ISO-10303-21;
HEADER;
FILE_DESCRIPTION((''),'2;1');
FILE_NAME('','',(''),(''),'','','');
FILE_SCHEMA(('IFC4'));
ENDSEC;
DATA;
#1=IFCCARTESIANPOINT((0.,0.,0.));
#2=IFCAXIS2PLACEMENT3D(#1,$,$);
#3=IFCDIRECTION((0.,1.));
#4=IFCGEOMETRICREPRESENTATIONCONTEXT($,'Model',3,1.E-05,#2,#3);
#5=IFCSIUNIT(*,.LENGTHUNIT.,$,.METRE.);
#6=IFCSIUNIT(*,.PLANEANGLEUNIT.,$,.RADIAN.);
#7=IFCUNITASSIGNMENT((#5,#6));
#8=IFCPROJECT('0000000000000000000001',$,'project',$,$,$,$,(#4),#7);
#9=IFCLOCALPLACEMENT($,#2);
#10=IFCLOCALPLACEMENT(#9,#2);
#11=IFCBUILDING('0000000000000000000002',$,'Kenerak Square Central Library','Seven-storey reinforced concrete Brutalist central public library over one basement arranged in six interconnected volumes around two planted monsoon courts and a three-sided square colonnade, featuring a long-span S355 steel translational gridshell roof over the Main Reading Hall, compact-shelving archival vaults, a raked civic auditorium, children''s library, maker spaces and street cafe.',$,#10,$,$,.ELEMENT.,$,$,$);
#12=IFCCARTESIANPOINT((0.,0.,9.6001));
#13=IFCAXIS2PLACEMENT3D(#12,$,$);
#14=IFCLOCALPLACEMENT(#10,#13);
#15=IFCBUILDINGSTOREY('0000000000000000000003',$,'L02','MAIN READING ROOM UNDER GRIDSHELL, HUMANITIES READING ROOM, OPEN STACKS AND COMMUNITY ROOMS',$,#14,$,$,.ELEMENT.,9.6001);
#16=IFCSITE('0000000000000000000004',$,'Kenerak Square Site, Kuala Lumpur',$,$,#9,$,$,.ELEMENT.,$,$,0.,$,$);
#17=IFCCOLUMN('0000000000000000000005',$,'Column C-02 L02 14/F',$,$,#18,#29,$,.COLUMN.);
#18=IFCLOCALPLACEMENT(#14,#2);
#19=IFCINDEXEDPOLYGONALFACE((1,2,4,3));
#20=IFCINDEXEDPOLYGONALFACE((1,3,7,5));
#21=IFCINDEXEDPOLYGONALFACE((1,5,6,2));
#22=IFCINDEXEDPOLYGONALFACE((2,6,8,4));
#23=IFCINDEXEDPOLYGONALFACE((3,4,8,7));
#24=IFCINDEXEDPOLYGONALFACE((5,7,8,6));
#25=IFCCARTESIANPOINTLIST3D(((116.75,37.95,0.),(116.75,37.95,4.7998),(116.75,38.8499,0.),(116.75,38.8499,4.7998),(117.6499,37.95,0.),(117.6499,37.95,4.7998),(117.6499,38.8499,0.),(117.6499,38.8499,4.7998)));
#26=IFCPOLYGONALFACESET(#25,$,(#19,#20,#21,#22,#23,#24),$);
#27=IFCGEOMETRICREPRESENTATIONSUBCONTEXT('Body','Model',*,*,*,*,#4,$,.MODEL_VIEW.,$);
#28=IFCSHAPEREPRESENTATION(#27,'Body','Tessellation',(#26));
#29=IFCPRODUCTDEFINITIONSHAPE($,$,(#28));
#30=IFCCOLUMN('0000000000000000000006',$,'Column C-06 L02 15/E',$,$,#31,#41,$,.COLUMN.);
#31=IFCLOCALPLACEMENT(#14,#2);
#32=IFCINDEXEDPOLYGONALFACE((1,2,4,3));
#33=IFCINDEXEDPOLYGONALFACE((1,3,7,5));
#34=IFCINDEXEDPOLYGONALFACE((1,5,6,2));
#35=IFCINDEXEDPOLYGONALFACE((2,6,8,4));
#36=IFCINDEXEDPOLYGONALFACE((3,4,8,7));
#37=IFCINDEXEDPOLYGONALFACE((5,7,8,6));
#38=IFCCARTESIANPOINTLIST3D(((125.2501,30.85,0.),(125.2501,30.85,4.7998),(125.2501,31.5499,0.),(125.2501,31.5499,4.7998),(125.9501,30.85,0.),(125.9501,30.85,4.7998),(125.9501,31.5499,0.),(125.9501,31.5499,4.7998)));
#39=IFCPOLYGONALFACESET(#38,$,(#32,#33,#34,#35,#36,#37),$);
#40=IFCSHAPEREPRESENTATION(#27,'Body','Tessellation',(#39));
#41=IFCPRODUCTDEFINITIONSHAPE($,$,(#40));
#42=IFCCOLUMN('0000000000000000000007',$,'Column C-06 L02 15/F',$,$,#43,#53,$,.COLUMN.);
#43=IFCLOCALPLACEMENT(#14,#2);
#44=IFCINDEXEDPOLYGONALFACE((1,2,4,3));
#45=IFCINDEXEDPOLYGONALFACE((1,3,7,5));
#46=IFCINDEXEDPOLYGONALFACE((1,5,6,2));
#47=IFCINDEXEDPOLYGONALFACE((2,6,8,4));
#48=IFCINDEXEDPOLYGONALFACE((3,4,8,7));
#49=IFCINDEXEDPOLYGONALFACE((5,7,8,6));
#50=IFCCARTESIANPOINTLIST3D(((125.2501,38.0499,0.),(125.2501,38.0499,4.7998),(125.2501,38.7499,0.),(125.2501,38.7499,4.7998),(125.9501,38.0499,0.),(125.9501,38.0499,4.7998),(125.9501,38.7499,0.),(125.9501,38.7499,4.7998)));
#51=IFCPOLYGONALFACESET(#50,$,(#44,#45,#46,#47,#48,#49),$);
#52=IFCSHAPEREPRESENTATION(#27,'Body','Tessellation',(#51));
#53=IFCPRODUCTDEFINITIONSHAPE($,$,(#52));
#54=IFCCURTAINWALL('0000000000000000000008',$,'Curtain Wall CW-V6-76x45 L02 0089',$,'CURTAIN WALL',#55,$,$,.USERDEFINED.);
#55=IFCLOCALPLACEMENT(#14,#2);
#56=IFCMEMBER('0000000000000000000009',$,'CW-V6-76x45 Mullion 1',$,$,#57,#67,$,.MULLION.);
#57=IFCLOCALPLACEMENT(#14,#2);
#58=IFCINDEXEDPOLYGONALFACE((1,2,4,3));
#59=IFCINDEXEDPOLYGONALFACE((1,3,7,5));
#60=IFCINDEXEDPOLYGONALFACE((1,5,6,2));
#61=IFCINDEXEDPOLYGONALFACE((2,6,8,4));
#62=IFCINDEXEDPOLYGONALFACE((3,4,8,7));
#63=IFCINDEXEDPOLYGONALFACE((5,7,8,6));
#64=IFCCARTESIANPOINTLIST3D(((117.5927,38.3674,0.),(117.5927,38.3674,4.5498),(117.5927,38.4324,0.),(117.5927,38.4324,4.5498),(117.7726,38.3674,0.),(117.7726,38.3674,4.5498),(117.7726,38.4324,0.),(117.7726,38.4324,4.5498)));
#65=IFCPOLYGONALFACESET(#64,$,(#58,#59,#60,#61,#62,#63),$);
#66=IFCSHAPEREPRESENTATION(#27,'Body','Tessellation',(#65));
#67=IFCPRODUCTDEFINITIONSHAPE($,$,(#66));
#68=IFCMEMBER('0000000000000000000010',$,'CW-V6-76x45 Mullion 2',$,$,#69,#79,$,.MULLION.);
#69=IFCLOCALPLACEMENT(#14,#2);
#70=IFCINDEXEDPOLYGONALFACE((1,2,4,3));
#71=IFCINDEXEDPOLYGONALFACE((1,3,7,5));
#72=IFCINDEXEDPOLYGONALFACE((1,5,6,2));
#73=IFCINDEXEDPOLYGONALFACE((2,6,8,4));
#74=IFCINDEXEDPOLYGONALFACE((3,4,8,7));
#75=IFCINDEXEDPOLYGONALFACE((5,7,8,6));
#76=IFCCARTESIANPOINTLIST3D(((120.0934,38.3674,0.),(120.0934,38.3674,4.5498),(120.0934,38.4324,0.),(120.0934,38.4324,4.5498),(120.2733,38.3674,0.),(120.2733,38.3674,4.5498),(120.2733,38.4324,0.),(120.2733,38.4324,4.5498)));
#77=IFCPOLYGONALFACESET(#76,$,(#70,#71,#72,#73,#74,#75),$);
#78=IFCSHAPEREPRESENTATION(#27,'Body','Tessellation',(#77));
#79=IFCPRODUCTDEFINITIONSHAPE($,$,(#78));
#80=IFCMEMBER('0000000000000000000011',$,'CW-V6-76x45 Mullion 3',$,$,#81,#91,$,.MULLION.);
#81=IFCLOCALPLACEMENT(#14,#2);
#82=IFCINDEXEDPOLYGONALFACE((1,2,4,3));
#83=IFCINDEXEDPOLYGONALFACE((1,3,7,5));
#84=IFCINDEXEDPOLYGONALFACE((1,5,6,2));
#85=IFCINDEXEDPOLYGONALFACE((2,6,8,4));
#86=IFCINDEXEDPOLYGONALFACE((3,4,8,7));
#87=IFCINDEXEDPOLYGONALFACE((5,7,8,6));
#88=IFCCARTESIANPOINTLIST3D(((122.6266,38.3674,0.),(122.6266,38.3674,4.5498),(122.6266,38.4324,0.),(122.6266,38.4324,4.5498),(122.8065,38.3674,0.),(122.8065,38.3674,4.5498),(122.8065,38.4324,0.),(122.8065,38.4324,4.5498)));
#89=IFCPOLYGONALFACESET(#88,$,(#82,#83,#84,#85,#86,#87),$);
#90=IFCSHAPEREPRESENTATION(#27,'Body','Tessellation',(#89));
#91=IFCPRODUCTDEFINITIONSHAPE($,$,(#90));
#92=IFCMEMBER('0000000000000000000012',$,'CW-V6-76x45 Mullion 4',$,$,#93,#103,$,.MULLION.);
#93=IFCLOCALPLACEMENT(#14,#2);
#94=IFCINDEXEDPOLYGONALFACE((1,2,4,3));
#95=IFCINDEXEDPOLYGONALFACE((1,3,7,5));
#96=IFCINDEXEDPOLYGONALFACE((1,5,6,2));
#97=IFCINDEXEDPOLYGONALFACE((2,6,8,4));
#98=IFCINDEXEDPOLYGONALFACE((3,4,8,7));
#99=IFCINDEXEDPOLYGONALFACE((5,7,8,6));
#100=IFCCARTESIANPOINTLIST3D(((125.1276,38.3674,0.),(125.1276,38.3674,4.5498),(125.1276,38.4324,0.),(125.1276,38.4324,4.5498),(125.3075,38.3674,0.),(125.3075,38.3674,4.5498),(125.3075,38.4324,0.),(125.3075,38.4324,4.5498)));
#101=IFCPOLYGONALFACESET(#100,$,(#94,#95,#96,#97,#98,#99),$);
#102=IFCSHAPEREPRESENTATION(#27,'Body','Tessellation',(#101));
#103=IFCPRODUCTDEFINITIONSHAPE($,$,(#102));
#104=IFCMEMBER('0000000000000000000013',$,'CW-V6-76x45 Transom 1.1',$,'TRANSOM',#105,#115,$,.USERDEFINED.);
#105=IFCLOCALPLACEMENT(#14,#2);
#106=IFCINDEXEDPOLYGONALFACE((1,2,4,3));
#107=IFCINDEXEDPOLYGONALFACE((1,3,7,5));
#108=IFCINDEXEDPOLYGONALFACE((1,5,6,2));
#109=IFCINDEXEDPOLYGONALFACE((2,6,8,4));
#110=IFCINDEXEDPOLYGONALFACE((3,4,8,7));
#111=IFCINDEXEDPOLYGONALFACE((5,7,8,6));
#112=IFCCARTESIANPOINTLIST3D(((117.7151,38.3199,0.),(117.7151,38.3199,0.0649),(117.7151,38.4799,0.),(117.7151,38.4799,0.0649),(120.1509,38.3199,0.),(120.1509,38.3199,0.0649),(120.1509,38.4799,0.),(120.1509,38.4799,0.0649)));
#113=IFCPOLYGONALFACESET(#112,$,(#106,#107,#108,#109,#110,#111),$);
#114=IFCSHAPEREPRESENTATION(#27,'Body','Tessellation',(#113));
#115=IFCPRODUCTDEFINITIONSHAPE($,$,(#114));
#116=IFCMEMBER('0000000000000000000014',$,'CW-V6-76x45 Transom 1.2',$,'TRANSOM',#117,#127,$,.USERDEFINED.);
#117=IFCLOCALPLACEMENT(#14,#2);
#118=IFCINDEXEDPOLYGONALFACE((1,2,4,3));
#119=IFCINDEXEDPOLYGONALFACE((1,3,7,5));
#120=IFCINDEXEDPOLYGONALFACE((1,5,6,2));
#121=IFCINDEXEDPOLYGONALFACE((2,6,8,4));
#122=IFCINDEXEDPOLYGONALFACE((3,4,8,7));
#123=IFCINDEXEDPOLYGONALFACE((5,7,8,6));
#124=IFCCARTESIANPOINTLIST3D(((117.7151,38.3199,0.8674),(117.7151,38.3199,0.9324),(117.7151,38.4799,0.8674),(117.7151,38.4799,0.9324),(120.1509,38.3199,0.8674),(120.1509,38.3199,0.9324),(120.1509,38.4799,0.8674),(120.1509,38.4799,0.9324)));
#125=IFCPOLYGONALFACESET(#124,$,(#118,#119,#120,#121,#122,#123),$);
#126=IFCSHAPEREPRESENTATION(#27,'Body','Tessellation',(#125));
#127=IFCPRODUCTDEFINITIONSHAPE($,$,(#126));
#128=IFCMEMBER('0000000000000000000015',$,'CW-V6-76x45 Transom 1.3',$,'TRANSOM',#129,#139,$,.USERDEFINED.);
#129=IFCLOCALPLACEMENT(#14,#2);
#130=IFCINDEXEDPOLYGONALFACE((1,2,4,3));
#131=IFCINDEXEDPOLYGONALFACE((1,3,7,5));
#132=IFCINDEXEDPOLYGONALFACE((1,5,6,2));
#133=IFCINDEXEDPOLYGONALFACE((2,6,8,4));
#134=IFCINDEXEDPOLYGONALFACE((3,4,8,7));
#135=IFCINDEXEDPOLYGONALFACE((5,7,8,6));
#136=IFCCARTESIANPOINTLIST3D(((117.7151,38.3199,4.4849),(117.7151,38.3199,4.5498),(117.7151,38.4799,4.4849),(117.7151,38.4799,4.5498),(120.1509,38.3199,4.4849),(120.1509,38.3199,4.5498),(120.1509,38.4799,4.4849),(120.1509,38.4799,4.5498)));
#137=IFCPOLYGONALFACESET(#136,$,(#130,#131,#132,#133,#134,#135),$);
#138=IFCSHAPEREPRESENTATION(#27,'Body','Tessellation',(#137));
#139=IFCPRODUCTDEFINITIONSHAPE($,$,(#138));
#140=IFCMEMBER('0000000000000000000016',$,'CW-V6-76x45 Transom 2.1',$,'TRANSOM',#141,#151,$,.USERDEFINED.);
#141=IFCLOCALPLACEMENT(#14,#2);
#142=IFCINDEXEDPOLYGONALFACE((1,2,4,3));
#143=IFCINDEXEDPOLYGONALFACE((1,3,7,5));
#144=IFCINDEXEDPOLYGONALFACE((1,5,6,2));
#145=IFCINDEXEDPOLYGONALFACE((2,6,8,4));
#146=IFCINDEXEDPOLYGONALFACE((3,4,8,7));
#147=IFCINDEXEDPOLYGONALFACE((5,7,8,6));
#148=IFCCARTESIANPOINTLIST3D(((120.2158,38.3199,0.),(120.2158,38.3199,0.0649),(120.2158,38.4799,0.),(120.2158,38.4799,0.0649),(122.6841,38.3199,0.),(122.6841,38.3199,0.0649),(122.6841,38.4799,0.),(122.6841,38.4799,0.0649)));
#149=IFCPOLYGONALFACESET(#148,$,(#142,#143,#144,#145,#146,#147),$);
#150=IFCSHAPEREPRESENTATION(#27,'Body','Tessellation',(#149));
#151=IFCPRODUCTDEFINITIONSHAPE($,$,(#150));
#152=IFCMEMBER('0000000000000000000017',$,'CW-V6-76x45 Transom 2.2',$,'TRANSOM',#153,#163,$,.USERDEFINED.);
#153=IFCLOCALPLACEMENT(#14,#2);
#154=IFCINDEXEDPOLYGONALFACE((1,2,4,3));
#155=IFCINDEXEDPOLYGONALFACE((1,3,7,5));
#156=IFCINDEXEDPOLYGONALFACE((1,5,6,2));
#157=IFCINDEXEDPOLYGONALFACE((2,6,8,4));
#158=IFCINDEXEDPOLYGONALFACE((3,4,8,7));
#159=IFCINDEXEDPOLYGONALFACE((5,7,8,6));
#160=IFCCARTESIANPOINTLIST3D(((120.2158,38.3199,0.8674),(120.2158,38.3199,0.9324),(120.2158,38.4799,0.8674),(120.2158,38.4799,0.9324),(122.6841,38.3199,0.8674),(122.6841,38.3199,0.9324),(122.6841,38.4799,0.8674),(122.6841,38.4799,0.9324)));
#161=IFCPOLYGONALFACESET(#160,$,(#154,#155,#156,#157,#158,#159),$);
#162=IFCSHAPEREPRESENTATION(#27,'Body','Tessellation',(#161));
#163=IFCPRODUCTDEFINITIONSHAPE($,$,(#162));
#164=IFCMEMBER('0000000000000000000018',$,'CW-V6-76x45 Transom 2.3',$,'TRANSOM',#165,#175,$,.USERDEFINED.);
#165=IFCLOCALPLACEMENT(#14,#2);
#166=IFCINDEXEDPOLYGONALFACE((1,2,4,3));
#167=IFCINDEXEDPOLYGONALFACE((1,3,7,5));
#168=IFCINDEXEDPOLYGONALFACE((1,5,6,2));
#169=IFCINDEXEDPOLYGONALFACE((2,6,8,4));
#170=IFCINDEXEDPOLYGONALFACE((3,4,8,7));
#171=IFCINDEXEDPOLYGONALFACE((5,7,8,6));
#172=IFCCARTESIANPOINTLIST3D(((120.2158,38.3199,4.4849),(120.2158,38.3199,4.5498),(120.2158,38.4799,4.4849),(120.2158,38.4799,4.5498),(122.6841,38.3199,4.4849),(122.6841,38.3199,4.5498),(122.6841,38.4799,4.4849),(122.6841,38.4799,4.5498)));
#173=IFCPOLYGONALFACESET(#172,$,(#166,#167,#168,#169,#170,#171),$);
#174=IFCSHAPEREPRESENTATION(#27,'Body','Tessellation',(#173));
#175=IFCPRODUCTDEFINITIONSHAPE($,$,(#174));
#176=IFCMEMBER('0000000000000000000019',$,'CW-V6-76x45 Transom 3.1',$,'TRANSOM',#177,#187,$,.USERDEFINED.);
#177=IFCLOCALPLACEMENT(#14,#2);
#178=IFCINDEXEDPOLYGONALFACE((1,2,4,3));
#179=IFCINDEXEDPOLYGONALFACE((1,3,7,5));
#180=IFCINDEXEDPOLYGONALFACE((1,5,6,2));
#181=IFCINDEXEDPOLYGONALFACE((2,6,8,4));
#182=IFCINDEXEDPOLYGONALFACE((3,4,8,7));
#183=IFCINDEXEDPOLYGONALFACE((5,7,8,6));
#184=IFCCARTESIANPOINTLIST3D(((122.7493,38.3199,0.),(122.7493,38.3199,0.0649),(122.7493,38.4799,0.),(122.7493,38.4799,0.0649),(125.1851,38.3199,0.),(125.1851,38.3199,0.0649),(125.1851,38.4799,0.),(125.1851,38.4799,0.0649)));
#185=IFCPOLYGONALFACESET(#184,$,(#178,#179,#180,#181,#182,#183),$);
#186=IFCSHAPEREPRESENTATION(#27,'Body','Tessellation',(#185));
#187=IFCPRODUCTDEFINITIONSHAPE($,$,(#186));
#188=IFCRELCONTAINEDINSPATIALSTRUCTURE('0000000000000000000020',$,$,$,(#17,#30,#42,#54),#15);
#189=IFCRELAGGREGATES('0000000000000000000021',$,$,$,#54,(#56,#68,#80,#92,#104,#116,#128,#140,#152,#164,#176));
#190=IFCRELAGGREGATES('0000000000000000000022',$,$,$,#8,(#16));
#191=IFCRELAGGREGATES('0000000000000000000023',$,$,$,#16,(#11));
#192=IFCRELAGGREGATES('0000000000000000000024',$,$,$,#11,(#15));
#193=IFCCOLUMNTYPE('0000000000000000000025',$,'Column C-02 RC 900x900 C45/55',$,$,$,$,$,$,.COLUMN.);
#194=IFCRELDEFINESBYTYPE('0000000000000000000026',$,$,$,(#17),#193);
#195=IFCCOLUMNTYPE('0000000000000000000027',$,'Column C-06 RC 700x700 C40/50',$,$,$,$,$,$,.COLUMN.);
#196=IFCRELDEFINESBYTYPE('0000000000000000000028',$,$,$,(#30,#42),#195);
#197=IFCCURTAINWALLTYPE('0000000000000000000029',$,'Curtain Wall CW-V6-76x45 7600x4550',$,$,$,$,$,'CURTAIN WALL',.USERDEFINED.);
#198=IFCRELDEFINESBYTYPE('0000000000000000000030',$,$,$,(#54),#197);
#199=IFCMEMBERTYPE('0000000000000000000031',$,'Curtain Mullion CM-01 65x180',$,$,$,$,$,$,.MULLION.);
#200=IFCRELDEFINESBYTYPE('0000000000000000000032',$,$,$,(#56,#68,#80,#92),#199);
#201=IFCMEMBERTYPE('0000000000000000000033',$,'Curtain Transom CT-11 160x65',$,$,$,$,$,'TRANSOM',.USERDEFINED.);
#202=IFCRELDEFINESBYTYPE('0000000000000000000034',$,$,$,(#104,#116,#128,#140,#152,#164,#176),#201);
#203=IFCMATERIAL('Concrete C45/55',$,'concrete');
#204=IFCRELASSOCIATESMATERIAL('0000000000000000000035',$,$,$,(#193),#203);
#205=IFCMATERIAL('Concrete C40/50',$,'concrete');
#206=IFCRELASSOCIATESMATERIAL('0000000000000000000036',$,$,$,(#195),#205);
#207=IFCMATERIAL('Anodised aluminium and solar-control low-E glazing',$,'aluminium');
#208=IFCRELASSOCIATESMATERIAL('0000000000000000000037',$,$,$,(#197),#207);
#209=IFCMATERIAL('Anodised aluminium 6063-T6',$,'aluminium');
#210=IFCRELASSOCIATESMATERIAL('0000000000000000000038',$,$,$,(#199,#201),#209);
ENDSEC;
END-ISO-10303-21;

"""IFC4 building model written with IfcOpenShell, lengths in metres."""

from ifc_helpers import new_model, si_unit, direction, frame, origin, origin_2d, place, context, subcontext, project, spatial, rectangle, extrude, material, material_profile, profile_set, type_object, element, aggregate, save


model = new_model("IFC4")

# Units and contexts
model_context = context("Model", 3, precision=1e-05, world=origin(), true_north=direction((0.0, 1.0)))
body_context = subcontext(model_context, "Body", "Model", "MODEL_VIEW")
ifc_project = project(units=[si_unit("LENGTHUNIT", "METRE"), si_unit("PLANEANGLEUNIT", "RADIAN")], contexts=[model_context])

# Site, building, storey
site_placement = place(None, origin())
site = spatial("IfcSite", under=ifc_project, at=site_placement, Name="Kenerak Square Site, Kuala Lumpur", CompositionType="ELEMENT", RefElevation=0.0)
building_placement = place(site_placement, origin())
building = spatial("IfcBuilding", under=site, at=building_placement, Name="Kenerak Square Central Library", Description="Seven-storey reinforced concrete Brutalist central public library over one basement arranged in six interconnected volumes around two planted monsoon courts and a three-sided square colonnade, featuring a long-span S355 steel translational gridshell roof over the Main Reading Hall, compact-shelving archival vaults, a raked civic auditorium, children's library, maker spaces and street cafe.", CompositionType="ELEMENT")
storey_placement = place(building_placement, frame((0.0, 0.0, 9.6001)))
storey = spatial("IfcBuildingStorey", under=building, at=storey_placement, Name="L02", Description="MAIN READING ROOM UNDER GRIDSHELL, HUMANITIES READING ROOM, OPEN STACKS AND COMMUNITY ROOMS", CompositionType="ELEMENT", Elevation=9.6001)

# Columns
ifc_material_1 = material(Name="Concrete C45/55", Category="concrete")
ifc_material_profile_1 = material_profile(ifc_material_1, rectangle(XDim=0.8999, YDim=0.8999, at=origin_2d()), Name="RC 900x900")
ifc_profile_set_1 = profile_set([ifc_material_profile_1], Name="Concrete C45/55")
column_type_1 = type_object("IfcColumnType", Name="Column C-02 RC 900x900 C45/55", PredefinedType="COLUMN", material=ifc_profile_set_1)
column_placement = place(storey_placement, frame((117.2, 38.3999, 0.0), z_axis=(0.0, 0.0, 1.0), x_axis=(1.0, 0.0, 0.0)))
element("IfcColumn", 1, at=column_placement, inside=storey, type_object=column_type_1, Name="Column C-02 L02 14/F", PredefinedType="COLUMN", context=body_context, shape_type="SweptSolid", body=[
    extrude(rectangle(XDim=0.8999, YDim=0.8999, at=origin_2d()), origin(), (0.0, 0.0, 1.0), 4.7998),
])
ifc_material_2 = material(Name="Concrete C40/50", Category="concrete")
ifc_material_profile_2 = material_profile(ifc_material_2, rectangle(XDim=0.7, YDim=0.7, at=origin_2d()), Name="RC 700x700")
ifc_profile_set_2 = profile_set([ifc_material_profile_2], Name="Concrete C40/50")
column_type_2 = type_object("IfcColumnType", Name="Column C-06 RC 700x700 C40/50", PredefinedType="COLUMN", material=ifc_profile_set_2)
for number, where, z_axis, x_axis, name in (
    (2, (125.6001, 31.2, 0.0), (0.0, 0.0, 1.0), (1.0, 0.0, 0.0), "Column C-06 L02 15/E"),
    (3, (125.6001, 38.3999, 0.0), (0.0, 0.0, 1.0), (1.0, 0.0, 0.0), "Column C-06 L02 15/F"),
):
    element("IfcColumn", number, at=place(storey_placement, frame(where, z_axis=z_axis, x_axis=x_axis)), inside=storey, type_object=column_type_2, Name=name, PredefinedType="COLUMN", context=body_context, shape_type="SweptSolid", body=[
        extrude(rectangle(XDim=0.7, YDim=0.7, at=origin_2d()), origin(), (0.0, 0.0, 1.0), 4.7998),
    ])

# Curtain wall, members
ifc_material_3 = material(Name="Anodised aluminium and solar-control low-E glazing", Category="aluminium")
curtain_wall_type = type_object("IfcCurtainWallType", Name="Curtain Wall CW-V6-76x45 7600x4550", ElementType="CURTAIN WALL", PredefinedType="USERDEFINED", material=ifc_material_3)
curtain_wall_placement = place(storey_placement, origin())
curtain_wall = element("IfcCurtainWall", 4, at=curtain_wall_placement, inside=storey, type_object=curtain_wall_type, Name="Curtain Wall CW-V6-76x45 L02 0089", ObjectType="CURTAIN WALL", PredefinedType="USERDEFINED")
ifc_material_4 = material(Name="Anodised aluminium 6063-T6", Category="aluminium")
ifc_material_profile_3 = material_profile(ifc_material_4, rectangle(XDim=0.0649, YDim=0.1799, at=origin_2d()), Name="AL MULLION 65x180")
ifc_profile_set_3 = profile_set([ifc_material_profile_3], Name="Anodised aluminium 6063-T6")
member_type_1 = type_object("IfcMemberType", Name="Curtain Mullion CM-01 65x180", PredefinedType="MULLION", material=ifc_profile_set_3)
member_1_placement = place(storey_placement, frame((117.6826, 38.3999, 0.0), z_axis=(0.0, 0.0, 1.0), x_axis=(0.0, 1.0, 0.0)))
member_1 = element("IfcMember", 5, at=member_1_placement, type_object=member_type_1, Name="CW-V6-76x45 Mullion 1", PredefinedType="MULLION", context=body_context, shape_type="SweptSolid", body=[
    extrude(rectangle(XDim=0.0649, YDim=0.1799, at=origin_2d()), origin(), (0.0, 0.0, 1.0), 4.5498),
])
member_2_placement = place(storey_placement, frame((120.1833, 38.3999, 0.0), z_axis=(0.0, 0.0, 1.0), x_axis=(0.0, 1.0, 0.0)))
member_2 = element("IfcMember", 6, at=member_2_placement, type_object=member_type_1, Name="CW-V6-76x45 Mullion 2", PredefinedType="MULLION", context=body_context, shape_type="SweptSolid", body=[
    extrude(rectangle(XDim=0.0649, YDim=0.1799, at=origin_2d()), origin(), (0.0, 0.0, 1.0), 4.5498),
])
member_3_placement = place(storey_placement, frame((122.7166, 38.3999, 0.0), z_axis=(0.0, 0.0, 1.0), x_axis=(0.0, 1.0, 0.0)))
member_3 = element("IfcMember", 7, at=member_3_placement, type_object=member_type_1, Name="CW-V6-76x45 Mullion 3", PredefinedType="MULLION", context=body_context, shape_type="SweptSolid", body=[
    extrude(rectangle(XDim=0.0649, YDim=0.1799, at=origin_2d()), origin(), (0.0, 0.0, 1.0), 4.5498),
])
member_4_placement = place(storey_placement, frame((125.2175, 38.3999, 0.0), z_axis=(0.0, 0.0, 1.0), x_axis=(0.0, 1.0, 0.0)))
member_4 = element("IfcMember", 8, at=member_4_placement, type_object=member_type_1, Name="CW-V6-76x45 Mullion 4", PredefinedType="MULLION", context=body_context, shape_type="SweptSolid", body=[
    extrude(rectangle(XDim=0.0649, YDim=0.1799, at=origin_2d()), origin(), (0.0, 0.0, 1.0), 4.5498),
])
ifc_material_profile_4 = material_profile(ifc_material_4, rectangle(XDim=0.1599, YDim=0.0649, at=origin_2d()), Name="AL TRANSOM 160x65")
ifc_profile_set_4 = profile_set([ifc_material_profile_4], Name="Anodised aluminium 6063-T6")
member_type_2 = type_object("IfcMemberType", Name="Curtain Transom CT-11 160x65", ElementType="TRANSOM", PredefinedType="USERDEFINED", material=ifc_profile_set_4)
member_5_placement = place(storey_placement, frame((117.7151, 38.3999, 0.0325), z_axis=(1.0, 0.0, 0.0), x_axis=(0.0, 1.0, 0.0)))
member_5 = element("IfcMember", 9, at=member_5_placement, type_object=member_type_2, Name="CW-V6-76x45 Transom 1.1", ObjectType="TRANSOM", PredefinedType="USERDEFINED", context=body_context, shape_type="SweptSolid", body=[
    extrude(rectangle(XDim=0.1599, YDim=0.0649, at=origin_2d()), origin(), (0.0, 0.0, 1.0), 2.4358),
])
member_6_placement = place(storey_placement, frame((117.7151, 38.3999, 0.8999), z_axis=(1.0, 0.0, 0.0), x_axis=(0.0, 1.0, 0.0)))
member_6 = element("IfcMember", 10, at=member_6_placement, type_object=member_type_2, Name="CW-V6-76x45 Transom 1.2", ObjectType="TRANSOM", PredefinedType="USERDEFINED", context=body_context, shape_type="SweptSolid", body=[
    extrude(rectangle(XDim=0.1599, YDim=0.0649, at=origin_2d()), origin(), (0.0, 0.0, 1.0), 2.4358),
])
member_7_placement = place(storey_placement, frame((117.7151, 38.3999, 4.5173), z_axis=(1.0, 0.0, 0.0), x_axis=(0.0, 1.0, 0.0)))
member_7 = element("IfcMember", 11, at=member_7_placement, type_object=member_type_2, Name="CW-V6-76x45 Transom 1.3", ObjectType="TRANSOM", PredefinedType="USERDEFINED", context=body_context, shape_type="SweptSolid", body=[
    extrude(rectangle(XDim=0.1599, YDim=0.0649, at=origin_2d()), origin(), (0.0, 0.0, 1.0), 2.4358),
])
member_8_placement = place(storey_placement, frame((120.2158, 38.3999, 0.0325), z_axis=(1.0, 0.0, 0.0), x_axis=(0.0, 1.0, 0.0)))
member_8 = element("IfcMember", 12, at=member_8_placement, type_object=member_type_2, Name="CW-V6-76x45 Transom 2.1", ObjectType="TRANSOM", PredefinedType="USERDEFINED", context=body_context, shape_type="SweptSolid", body=[
    extrude(rectangle(XDim=0.1599, YDim=0.0649, at=origin_2d()), origin(), (0.0, 0.0, 1.0), 2.4683),
])
member_9_placement = place(storey_placement, frame((120.2158, 38.3999, 0.8999), z_axis=(1.0, 0.0, 0.0), x_axis=(0.0, 1.0, 0.0)))
member_9 = element("IfcMember", 13, at=member_9_placement, type_object=member_type_2, Name="CW-V6-76x45 Transom 2.2", ObjectType="TRANSOM", PredefinedType="USERDEFINED", context=body_context, shape_type="SweptSolid", body=[
    extrude(rectangle(XDim=0.1599, YDim=0.0649, at=origin_2d()), origin(), (0.0, 0.0, 1.0), 2.4683),
])
member_10_placement = place(storey_placement, frame((120.2158, 38.3999, 4.5173), z_axis=(1.0, 0.0, 0.0), x_axis=(0.0, 1.0, 0.0)))
member_10 = element("IfcMember", 14, at=member_10_placement, type_object=member_type_2, Name="CW-V6-76x45 Transom 2.3", ObjectType="TRANSOM", PredefinedType="USERDEFINED", context=body_context, shape_type="SweptSolid", body=[
    extrude(rectangle(XDim=0.1599, YDim=0.0649, at=origin_2d()), origin(), (0.0, 0.0, 1.0), 2.4683),
])
member_11_placement = place(storey_placement, frame((122.7493, 38.3999, 0.0325), z_axis=(1.0, 0.0, 0.0), x_axis=(0.0, 1.0, 0.0)))
member_11 = element("IfcMember", 15, at=member_11_placement, type_object=member_type_2, Name="CW-V6-76x45 Transom 3.1", ObjectType="TRANSOM", PredefinedType="USERDEFINED", context=body_context, shape_type="SweptSolid", body=[
    extrude(rectangle(XDim=0.1599, YDim=0.0649, at=origin_2d()), origin(), (0.0, 0.0, 1.0), 2.4358),
])

aggregate(curtain_wall, [member_1, member_2, member_3, member_4, member_5, member_6, member_7, member_8, member_9, member_10, member_11])

save(model, "model.ifc")
